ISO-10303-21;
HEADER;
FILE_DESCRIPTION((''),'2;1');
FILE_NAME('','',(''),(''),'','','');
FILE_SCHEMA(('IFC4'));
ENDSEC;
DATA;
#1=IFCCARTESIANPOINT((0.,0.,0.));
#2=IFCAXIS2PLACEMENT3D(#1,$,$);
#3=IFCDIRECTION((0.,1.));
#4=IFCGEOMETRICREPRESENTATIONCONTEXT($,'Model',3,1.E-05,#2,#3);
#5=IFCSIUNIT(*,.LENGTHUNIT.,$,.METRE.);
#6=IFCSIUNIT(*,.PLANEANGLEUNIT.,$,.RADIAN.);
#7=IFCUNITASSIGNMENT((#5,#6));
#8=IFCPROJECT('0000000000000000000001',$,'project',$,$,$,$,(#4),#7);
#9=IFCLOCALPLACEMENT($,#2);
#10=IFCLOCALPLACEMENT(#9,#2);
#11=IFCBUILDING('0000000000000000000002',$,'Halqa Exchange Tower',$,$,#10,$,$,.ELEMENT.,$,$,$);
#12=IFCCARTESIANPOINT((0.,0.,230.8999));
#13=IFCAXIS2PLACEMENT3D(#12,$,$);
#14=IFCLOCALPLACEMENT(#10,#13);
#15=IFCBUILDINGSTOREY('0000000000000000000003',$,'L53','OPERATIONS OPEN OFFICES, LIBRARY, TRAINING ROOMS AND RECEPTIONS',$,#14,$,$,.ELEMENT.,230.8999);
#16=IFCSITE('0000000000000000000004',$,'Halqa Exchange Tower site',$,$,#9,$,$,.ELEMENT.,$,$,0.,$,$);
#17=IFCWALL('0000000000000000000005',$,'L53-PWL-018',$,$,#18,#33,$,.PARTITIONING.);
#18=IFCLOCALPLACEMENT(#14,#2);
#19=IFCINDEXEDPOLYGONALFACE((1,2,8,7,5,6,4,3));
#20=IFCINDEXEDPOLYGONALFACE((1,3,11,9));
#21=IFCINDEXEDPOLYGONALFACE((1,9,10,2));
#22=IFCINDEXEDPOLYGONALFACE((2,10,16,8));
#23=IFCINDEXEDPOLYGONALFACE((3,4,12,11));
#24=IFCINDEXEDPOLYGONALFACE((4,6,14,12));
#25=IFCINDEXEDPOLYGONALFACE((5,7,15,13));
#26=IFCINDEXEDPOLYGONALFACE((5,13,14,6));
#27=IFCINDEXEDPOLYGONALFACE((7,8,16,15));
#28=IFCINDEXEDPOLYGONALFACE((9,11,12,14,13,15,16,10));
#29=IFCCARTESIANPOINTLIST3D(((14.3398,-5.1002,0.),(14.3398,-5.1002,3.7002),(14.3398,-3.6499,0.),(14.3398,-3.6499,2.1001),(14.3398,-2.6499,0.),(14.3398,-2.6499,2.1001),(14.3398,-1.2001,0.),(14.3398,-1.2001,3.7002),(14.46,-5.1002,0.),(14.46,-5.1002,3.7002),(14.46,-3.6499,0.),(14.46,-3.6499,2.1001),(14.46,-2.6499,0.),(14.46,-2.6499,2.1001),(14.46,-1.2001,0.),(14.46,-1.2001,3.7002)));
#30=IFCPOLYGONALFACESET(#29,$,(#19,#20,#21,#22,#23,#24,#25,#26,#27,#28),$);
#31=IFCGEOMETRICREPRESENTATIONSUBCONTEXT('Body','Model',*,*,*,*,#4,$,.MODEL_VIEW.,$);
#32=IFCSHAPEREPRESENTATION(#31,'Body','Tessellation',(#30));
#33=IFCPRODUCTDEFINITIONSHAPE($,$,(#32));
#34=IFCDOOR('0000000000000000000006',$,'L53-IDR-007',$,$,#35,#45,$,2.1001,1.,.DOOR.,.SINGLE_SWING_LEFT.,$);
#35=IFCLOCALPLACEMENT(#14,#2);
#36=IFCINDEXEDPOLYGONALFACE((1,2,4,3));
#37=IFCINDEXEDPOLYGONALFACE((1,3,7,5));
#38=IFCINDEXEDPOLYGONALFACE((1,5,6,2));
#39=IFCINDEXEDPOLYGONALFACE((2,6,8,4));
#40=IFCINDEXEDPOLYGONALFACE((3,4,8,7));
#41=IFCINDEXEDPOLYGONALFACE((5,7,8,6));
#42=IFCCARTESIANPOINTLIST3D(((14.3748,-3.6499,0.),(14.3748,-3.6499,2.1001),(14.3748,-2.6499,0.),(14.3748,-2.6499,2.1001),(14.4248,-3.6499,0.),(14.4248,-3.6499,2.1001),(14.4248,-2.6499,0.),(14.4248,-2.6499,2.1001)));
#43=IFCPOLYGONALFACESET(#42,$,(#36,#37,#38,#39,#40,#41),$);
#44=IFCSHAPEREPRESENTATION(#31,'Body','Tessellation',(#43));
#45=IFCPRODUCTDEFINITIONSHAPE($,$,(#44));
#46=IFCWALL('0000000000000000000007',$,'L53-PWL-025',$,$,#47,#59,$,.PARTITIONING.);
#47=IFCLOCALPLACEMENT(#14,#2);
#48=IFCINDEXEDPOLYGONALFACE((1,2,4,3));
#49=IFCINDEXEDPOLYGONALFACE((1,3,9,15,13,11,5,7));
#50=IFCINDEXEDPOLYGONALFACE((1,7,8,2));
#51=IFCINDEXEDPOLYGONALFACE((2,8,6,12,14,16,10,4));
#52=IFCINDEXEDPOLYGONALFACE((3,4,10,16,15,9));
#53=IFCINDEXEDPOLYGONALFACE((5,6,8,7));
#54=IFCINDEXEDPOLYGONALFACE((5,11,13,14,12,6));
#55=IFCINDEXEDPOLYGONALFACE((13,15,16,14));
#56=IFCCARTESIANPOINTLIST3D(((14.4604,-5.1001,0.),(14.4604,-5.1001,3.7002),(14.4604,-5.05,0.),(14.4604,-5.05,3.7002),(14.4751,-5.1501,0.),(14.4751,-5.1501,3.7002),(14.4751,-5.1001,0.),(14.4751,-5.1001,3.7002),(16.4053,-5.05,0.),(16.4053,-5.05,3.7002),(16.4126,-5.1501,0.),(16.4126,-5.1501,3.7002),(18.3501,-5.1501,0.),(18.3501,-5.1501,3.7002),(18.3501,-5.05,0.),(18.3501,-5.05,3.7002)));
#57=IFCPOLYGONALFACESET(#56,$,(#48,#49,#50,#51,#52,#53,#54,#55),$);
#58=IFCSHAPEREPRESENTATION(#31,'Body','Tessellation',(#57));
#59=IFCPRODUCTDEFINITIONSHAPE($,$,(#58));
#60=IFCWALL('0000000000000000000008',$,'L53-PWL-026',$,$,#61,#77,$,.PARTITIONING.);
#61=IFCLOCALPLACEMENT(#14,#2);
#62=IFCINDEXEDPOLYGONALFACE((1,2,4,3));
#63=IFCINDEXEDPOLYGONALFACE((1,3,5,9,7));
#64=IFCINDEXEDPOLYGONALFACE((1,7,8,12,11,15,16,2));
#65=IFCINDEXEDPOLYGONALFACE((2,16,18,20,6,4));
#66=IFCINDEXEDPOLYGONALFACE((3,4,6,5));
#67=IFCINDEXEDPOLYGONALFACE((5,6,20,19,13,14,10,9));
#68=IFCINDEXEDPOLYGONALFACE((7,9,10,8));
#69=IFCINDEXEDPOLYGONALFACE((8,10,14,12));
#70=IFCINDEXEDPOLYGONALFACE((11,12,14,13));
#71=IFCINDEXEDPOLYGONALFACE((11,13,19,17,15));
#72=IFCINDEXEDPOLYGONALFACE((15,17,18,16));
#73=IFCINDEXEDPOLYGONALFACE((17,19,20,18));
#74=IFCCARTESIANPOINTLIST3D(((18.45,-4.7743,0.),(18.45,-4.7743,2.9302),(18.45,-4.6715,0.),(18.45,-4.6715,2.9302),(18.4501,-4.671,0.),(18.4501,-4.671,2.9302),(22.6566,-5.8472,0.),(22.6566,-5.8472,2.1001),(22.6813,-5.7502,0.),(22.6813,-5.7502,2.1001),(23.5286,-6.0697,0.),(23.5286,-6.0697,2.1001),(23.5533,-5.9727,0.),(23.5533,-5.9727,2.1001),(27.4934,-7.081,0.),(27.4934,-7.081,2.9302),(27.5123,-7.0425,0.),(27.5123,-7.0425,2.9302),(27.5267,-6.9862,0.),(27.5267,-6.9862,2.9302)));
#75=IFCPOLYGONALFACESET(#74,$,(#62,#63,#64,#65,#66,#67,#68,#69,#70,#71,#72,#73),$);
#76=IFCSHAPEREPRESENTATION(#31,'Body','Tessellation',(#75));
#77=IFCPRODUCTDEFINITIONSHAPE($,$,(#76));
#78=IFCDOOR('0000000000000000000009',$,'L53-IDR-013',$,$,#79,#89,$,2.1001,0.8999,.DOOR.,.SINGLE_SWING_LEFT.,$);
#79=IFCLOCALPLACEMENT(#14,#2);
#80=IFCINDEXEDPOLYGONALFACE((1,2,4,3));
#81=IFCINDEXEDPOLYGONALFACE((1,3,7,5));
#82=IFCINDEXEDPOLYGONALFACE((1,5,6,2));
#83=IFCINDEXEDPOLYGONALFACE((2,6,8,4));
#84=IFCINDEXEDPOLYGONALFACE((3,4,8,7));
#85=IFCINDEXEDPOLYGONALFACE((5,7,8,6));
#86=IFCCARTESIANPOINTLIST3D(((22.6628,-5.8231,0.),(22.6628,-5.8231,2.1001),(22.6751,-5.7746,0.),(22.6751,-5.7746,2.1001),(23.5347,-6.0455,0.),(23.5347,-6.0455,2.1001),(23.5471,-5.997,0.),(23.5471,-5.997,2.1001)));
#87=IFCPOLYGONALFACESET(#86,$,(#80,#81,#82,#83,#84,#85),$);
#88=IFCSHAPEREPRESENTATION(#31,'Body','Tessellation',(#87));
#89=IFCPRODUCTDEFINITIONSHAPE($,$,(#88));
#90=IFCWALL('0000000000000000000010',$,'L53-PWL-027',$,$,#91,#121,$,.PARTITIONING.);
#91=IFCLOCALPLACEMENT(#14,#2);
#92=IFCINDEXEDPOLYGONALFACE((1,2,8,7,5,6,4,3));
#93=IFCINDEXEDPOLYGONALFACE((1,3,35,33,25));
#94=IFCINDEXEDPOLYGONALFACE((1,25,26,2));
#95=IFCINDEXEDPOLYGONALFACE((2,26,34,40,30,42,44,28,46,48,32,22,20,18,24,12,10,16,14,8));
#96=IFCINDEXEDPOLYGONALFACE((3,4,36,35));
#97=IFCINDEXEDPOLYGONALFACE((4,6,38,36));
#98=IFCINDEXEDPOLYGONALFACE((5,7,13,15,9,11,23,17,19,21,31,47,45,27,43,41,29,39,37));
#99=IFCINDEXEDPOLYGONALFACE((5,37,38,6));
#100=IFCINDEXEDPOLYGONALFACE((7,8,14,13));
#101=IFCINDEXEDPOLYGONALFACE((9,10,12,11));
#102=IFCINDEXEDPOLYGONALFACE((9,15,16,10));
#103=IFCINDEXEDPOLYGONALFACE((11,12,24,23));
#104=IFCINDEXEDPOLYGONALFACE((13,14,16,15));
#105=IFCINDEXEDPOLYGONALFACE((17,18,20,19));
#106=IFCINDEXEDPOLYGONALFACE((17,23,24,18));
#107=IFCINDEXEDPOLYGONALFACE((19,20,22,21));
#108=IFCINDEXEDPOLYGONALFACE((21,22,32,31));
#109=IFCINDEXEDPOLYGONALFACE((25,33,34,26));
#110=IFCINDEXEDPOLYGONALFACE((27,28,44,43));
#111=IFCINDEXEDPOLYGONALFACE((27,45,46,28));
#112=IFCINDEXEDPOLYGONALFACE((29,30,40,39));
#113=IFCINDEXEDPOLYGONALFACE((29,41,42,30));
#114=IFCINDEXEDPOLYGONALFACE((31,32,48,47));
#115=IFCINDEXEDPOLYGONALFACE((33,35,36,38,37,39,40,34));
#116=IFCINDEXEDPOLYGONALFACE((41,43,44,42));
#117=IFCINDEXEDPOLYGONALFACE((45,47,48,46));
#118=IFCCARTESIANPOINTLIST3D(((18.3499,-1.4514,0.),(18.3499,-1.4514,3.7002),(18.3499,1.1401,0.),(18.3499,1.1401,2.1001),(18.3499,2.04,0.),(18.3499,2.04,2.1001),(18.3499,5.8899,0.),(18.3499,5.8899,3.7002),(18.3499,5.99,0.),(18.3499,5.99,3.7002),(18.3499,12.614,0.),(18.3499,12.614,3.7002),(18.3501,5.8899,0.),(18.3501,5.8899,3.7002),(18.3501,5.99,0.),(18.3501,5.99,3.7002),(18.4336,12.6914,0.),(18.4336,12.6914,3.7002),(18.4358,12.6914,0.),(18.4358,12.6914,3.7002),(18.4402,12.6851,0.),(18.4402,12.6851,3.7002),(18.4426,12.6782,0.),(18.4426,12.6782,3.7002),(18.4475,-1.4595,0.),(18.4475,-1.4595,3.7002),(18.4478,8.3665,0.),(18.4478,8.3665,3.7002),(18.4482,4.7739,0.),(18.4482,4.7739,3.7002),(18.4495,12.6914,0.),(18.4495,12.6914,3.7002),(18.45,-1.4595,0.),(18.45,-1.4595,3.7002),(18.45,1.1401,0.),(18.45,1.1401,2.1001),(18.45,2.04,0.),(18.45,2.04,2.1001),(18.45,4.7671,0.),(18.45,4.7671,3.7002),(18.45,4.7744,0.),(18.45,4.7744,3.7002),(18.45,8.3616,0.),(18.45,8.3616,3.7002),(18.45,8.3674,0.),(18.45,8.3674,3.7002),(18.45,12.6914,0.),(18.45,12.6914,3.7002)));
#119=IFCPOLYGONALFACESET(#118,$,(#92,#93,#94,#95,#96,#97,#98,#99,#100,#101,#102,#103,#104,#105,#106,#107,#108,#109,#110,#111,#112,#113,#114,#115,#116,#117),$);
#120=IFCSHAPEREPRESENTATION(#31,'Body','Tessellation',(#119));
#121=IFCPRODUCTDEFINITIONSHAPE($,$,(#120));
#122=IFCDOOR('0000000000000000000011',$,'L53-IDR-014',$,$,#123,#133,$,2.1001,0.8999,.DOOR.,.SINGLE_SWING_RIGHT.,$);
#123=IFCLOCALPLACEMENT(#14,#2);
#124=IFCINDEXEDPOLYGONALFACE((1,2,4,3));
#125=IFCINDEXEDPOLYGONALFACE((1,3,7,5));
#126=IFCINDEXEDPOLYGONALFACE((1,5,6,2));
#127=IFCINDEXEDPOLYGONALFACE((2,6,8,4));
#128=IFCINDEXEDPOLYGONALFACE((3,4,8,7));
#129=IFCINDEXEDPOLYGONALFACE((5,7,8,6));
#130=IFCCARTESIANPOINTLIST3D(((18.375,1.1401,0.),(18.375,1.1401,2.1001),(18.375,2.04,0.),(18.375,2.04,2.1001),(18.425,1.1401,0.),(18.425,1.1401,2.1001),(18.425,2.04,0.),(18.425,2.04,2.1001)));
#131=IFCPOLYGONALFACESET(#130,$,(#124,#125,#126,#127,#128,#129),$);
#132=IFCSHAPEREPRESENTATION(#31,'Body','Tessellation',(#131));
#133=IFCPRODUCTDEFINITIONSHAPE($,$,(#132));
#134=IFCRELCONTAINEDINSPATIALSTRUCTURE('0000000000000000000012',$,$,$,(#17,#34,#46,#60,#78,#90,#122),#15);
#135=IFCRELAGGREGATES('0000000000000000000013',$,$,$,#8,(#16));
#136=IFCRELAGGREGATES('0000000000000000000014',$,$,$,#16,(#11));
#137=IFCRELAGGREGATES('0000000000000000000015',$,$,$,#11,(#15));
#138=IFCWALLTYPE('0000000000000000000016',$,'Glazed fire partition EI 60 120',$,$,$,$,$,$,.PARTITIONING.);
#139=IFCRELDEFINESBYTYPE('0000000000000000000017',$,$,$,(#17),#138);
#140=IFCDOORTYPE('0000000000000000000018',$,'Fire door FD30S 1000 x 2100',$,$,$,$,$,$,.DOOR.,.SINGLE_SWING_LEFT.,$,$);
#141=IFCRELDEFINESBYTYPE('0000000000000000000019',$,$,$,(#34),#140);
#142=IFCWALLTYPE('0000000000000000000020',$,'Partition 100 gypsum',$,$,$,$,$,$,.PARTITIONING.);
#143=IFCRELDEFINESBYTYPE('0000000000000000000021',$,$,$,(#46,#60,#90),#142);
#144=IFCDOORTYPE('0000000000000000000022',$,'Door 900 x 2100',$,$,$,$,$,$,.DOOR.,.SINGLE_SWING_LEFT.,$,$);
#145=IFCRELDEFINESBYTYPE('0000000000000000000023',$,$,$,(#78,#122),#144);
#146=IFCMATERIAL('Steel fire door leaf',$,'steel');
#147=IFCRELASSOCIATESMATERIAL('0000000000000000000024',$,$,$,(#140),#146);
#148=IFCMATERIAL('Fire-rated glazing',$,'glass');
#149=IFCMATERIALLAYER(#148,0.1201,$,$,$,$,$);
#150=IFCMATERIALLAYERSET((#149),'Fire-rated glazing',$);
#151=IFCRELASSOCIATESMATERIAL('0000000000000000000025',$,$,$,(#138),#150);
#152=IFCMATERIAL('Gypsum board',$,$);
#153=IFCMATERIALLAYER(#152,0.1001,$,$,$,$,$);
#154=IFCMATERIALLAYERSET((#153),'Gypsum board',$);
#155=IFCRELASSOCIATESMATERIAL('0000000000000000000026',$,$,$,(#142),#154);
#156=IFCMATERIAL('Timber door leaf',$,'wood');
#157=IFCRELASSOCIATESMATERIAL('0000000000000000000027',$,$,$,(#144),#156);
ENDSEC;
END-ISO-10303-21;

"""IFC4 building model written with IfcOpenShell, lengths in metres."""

from ifc_helpers import new_model, si_unit, direction, frame, frame_2d, origin, place, context, subcontext, project, spatial, polyline, rectangle, outline, extrude, material, layer, layer_set, type_object, element, fill, save


model = new_model("IFC4")

# Units and contexts
model_context = context("Model", 3, precision=1e-05, world=origin(), true_north=direction((0.0, 1.0)))
body_context = subcontext(model_context, "Body", "Model", "MODEL_VIEW")
ifc_project = project(units=[si_unit("LENGTHUNIT", "METRE"), si_unit("PLANEANGLEUNIT", "RADIAN")], contexts=[model_context])

# Site, building, storey
site_placement = place(None, origin())
site = spatial("IfcSite", under=ifc_project, at=site_placement, Name="Halqa Exchange Tower site", CompositionType="ELEMENT", RefElevation=0.0)
building_placement = place(site_placement, origin())
building = spatial("IfcBuilding", under=site, at=building_placement, Name="Halqa Exchange Tower", CompositionType="ELEMENT")
storey_placement = place(building_placement, frame((0.0, 0.0, 230.8999)))
storey = spatial("IfcBuildingStorey", under=building, at=storey_placement, Name="L53", Description="OPERATIONS OPEN OFFICES, LIBRARY, TRAINING ROOMS AND RECEPTIONS", CompositionType="ELEMENT", Elevation=230.8999)

# Shared definitions
ifc_material_1 = material(Name="Steel fire door leaf", Category="steel")
door_type_1 = type_object("IfcDoorType", Name="Fire door FD30S 1000 x 2100", OperationType="SINGLE_SWING_LEFT", PredefinedType="DOOR", material=ifc_material_1)

# Wall, opening, door
ifc_material_2 = material(Name="Fire-rated glazing", Category="glass")
ifc_layer_1 = layer(ifc_material_2, 0.1201)
ifc_layer_set_1 = layer_set([ifc_layer_1], Name="Fire-rated glazing")
wall_type_1 = type_object("IfcWallType", Name="Glazed fire partition EI 60 120", PredefinedType="PARTITIONING", material=ifc_layer_set_1)
wall_1_placement = place(storey_placement, frame((14.3999, -1.2, 0.0), z_axis=(0.0, 0.0, 1.0), x_axis=(0.0, -1.0, 0.0)))
wall_1 = element("IfcWall", 1, at=wall_1_placement, inside=storey, type_object=wall_type_1, Name="L53-PWL-018", PredefinedType="PARTITIONING", context=body_context, shape_type="SweptSolid", body=[
    extrude(rectangle(XDim=3.9001, YDim=0.1201, at=frame_2d((1.9502, 0.0))), origin(), (0.0, 0.0, 1.0), 3.7002),
])
opening_1_placement = place(wall_1_placement, frame((1.45, 0.0, 0.0)))
opening_1 = element("IfcOpeningElement", 2, at=opening_1_placement, cuts=wall_1, PredefinedType="OPENING", context=body_context, shape_type="SweptSolid", body=[
    extrude(rectangle(XDim=1.0, YDim=2.1001, at=frame_2d((0.5, 1.05))), frame((0.0, 0.072, 0.0), z_axis=(0.0, -1.0, 0.0), x_axis=(1.0, 0.0, 0.0)), (0.0, 0.0, 1.0), 0.144),
])
door_1_placement = place(opening_1_placement, origin())
door_1 = element("IfcDoor", 3, at=door_1_placement, inside=storey, type_object=door_type_1, Name="L53-IDR-007", OperationType="SINGLE_SWING_LEFT", OverallHeight=2.1001, OverallWidth=1.0, PredefinedType="DOOR", context=body_context, shape_type="SweptSolid", body=[
    extrude(rectangle(XDim=1.0, YDim=2.1001, at=frame_2d((0.5, 1.05))), frame((0.0, 0.0249, 0.0), z_axis=(0.0, -1.0, 0.0), x_axis=(1.0, 0.0, 0.0)), (0.0, 0.0, 1.0), 0.05),
])
fill(opening_1, door_1)

# Wall
ifc_material_3 = material(Name="Gypsum board")
ifc_layer_2 = layer(ifc_material_3, 0.1001)
ifc_layer_set_2 = layer_set([ifc_layer_2], Name="Gypsum board")
wall_type_2 = type_object("IfcWallType", Name="Partition 100 gypsum", PredefinedType="PARTITIONING", material=ifc_layer_set_2)
wall_2_placement = place(storey_placement, frame((18.3501, -5.1001, 0.0), z_axis=(0.0, 0.0, 1.0), x_axis=(-1.0, 0.0, 0.0)))
element("IfcWall", 4, at=wall_2_placement, inside=storey, type_object=wall_type_2, Name="L53-PWL-025", PredefinedType="PARTITIONING", context=body_context, shape_type="SweptSolid", body=[
    extrude(outline(polyline([(3.8896, -0.05), (3.8896, 0.0), (3.875, 0.0), (3.875, 0.05), (1.9375, 0.05), (0.0, 0.05), (0.0, -0.05), (1.9448, -0.05), (3.8896, -0.05)])), origin(), (0.0, 0.0, 1.0), 3.7002),
])

# Walls, openings, doors
wall_3_placement = place(storey_placement, frame((18.4377, -4.7195, 0.0), z_axis=(0.0, 0.0, 1.0), x_axis=(0.968976, -0.247157, 0.0)))
wall_3 = element("IfcWall", 5, at=wall_3_placement, inside=storey, type_object=wall_type_2, Name="L53-PWL-026", PredefinedType="PARTITIONING", context=body_context, shape_type="SweptSolid", body=[
    extrude(outline(polyline([(0.0254, -0.05), (1.8921, -0.05), (3.7585, -0.05), (5.6252, -0.05), (7.4917, -0.05), (9.3584, -0.05), (9.3672, -0.0081), (9.3672, 0.05), (7.4937, 0.05), (5.6204, 0.05), (3.7468, 0.05), (1.8735, 0.05), (0.0, 0.05), (0.0, 0.0496), (0.0254, -0.05)])), origin(), (0.0, 0.0, 1.0), 2.9302),
])
opening_2_placement = place(wall_3_placement, frame((4.3667, 0.0, 0.0)))
opening_2 = element("IfcOpeningElement", 6, at=opening_2_placement, cuts=wall_3, PredefinedType="OPENING", context=body_context, shape_type="SweptSolid", body=[
    extrude(rectangle(XDim=0.8999, YDim=2.1001, at=frame_2d((0.45, 1.05))), frame((0.0, 0.062, 0.0), z_axis=(0.0, -1.0, 0.0), x_axis=(1.0, 0.0, 0.0)), (0.0, 0.0, 1.0), 0.124),
])
ifc_material_4 = material(Name="Timber door leaf", Category="wood")
door_type_2 = type_object("IfcDoorType", Name="Door 900 x 2100", OperationType="SINGLE_SWING_LEFT", PredefinedType="DOOR", material=ifc_material_4)
door_2_placement = place(opening_2_placement, origin())
door_2 = element("IfcDoor", 7, at=door_2_placement, inside=storey, type_object=door_type_2, Name="L53-IDR-013", OperationType="SINGLE_SWING_LEFT", OverallHeight=2.1001, OverallWidth=0.8999, PredefinedType="DOOR", context=body_context, shape_type="SweptSolid", body=[
    extrude(rectangle(XDim=0.8999, YDim=2.1001, at=frame_2d((0.45, 1.05))), frame((0.0, 0.0249, 0.0), z_axis=(0.0, -1.0, 0.0), x_axis=(1.0, 0.0, 0.0)), (0.0, 0.0, 1.0), 0.05),
])
fill(opening_2, door_2)
wall_4_placement = place(storey_placement, frame((18.3999, -1.4595, 0.0), z_axis=(0.0, 0.0, 1.0), x_axis=(0.0, 1.0, 0.0)))
wall_4 = element("IfcWall", 8, at=wall_4_placement, inside=storey, type_object=wall_type_2, Name="L53-PWL-027", PredefinedType="PARTITIONING", context=body_context, shape_type="SweptSolid", body=[
    extrude(outline(polyline([(0.0, -0.05), (1.5566, -0.05), (3.1133, -0.05), (4.6699, -0.05), (6.2266, -0.05), (6.2334, -0.0483), (6.2339, -0.05), (8.0273, -0.05), (9.821, -0.05), (9.8259, -0.0479), (9.8269, -0.05), (11.2681, -0.05), (12.7095, -0.05), (14.1509, -0.05), (14.1509, -0.0496), (14.1445, -0.0403), (14.1509, -0.0359), (14.1509, -0.0337), (14.1377, -0.0427), (14.0735, 0.05), (12.4175, 0.05), (10.7615, 0.05), (9.1055, 0.05), (7.4495, 0.05), (7.4495, 0.0498), (7.3494, 0.0498), (7.3494, 0.05), (5.5142, 0.05), (3.6787, 0.05), (1.8435, 0.05), (0.0081, 0.05), (0.0, -0.0476), (0.0, -0.05)])), origin(), (0.0, 0.0, 1.0), 3.7002),
])
opening_3_placement = place(wall_4_placement, frame((2.5996, 0.0, 0.0)))
opening_3 = element("IfcOpeningElement", 9, at=opening_3_placement, cuts=wall_4, PredefinedType="OPENING", context=body_context, shape_type="SweptSolid", body=[
    extrude(rectangle(XDim=0.8999, YDim=2.1001, at=frame_2d((0.45, 1.05))), frame((0.0, 0.062, 0.0), z_axis=(0.0, -1.0, 0.0), x_axis=(1.0, 0.0, 0.0)), (0.0, 0.0, 1.0), 0.124),
])
door_3_placement = place(opening_3_placement, origin())
door_3 = element("IfcDoor", 10, at=door_3_placement, inside=storey, type_object=door_type_2, Name="L53-IDR-014", OperationType="SINGLE_SWING_RIGHT", OverallHeight=2.1001, OverallWidth=0.8999, PredefinedType="DOOR", context=body_context, shape_type="SweptSolid", body=[
    extrude(rectangle(XDim=0.8999, YDim=2.1001, at=frame_2d((0.45, 1.05))), frame((0.0, 0.0249, 0.0), z_axis=(0.0, -1.0, 0.0), x_axis=(1.0, 0.0, 0.0)), (0.0, 0.0, 1.0), 0.05),
])
fill(opening_3, door_3)

save(model, "model.ifc")
